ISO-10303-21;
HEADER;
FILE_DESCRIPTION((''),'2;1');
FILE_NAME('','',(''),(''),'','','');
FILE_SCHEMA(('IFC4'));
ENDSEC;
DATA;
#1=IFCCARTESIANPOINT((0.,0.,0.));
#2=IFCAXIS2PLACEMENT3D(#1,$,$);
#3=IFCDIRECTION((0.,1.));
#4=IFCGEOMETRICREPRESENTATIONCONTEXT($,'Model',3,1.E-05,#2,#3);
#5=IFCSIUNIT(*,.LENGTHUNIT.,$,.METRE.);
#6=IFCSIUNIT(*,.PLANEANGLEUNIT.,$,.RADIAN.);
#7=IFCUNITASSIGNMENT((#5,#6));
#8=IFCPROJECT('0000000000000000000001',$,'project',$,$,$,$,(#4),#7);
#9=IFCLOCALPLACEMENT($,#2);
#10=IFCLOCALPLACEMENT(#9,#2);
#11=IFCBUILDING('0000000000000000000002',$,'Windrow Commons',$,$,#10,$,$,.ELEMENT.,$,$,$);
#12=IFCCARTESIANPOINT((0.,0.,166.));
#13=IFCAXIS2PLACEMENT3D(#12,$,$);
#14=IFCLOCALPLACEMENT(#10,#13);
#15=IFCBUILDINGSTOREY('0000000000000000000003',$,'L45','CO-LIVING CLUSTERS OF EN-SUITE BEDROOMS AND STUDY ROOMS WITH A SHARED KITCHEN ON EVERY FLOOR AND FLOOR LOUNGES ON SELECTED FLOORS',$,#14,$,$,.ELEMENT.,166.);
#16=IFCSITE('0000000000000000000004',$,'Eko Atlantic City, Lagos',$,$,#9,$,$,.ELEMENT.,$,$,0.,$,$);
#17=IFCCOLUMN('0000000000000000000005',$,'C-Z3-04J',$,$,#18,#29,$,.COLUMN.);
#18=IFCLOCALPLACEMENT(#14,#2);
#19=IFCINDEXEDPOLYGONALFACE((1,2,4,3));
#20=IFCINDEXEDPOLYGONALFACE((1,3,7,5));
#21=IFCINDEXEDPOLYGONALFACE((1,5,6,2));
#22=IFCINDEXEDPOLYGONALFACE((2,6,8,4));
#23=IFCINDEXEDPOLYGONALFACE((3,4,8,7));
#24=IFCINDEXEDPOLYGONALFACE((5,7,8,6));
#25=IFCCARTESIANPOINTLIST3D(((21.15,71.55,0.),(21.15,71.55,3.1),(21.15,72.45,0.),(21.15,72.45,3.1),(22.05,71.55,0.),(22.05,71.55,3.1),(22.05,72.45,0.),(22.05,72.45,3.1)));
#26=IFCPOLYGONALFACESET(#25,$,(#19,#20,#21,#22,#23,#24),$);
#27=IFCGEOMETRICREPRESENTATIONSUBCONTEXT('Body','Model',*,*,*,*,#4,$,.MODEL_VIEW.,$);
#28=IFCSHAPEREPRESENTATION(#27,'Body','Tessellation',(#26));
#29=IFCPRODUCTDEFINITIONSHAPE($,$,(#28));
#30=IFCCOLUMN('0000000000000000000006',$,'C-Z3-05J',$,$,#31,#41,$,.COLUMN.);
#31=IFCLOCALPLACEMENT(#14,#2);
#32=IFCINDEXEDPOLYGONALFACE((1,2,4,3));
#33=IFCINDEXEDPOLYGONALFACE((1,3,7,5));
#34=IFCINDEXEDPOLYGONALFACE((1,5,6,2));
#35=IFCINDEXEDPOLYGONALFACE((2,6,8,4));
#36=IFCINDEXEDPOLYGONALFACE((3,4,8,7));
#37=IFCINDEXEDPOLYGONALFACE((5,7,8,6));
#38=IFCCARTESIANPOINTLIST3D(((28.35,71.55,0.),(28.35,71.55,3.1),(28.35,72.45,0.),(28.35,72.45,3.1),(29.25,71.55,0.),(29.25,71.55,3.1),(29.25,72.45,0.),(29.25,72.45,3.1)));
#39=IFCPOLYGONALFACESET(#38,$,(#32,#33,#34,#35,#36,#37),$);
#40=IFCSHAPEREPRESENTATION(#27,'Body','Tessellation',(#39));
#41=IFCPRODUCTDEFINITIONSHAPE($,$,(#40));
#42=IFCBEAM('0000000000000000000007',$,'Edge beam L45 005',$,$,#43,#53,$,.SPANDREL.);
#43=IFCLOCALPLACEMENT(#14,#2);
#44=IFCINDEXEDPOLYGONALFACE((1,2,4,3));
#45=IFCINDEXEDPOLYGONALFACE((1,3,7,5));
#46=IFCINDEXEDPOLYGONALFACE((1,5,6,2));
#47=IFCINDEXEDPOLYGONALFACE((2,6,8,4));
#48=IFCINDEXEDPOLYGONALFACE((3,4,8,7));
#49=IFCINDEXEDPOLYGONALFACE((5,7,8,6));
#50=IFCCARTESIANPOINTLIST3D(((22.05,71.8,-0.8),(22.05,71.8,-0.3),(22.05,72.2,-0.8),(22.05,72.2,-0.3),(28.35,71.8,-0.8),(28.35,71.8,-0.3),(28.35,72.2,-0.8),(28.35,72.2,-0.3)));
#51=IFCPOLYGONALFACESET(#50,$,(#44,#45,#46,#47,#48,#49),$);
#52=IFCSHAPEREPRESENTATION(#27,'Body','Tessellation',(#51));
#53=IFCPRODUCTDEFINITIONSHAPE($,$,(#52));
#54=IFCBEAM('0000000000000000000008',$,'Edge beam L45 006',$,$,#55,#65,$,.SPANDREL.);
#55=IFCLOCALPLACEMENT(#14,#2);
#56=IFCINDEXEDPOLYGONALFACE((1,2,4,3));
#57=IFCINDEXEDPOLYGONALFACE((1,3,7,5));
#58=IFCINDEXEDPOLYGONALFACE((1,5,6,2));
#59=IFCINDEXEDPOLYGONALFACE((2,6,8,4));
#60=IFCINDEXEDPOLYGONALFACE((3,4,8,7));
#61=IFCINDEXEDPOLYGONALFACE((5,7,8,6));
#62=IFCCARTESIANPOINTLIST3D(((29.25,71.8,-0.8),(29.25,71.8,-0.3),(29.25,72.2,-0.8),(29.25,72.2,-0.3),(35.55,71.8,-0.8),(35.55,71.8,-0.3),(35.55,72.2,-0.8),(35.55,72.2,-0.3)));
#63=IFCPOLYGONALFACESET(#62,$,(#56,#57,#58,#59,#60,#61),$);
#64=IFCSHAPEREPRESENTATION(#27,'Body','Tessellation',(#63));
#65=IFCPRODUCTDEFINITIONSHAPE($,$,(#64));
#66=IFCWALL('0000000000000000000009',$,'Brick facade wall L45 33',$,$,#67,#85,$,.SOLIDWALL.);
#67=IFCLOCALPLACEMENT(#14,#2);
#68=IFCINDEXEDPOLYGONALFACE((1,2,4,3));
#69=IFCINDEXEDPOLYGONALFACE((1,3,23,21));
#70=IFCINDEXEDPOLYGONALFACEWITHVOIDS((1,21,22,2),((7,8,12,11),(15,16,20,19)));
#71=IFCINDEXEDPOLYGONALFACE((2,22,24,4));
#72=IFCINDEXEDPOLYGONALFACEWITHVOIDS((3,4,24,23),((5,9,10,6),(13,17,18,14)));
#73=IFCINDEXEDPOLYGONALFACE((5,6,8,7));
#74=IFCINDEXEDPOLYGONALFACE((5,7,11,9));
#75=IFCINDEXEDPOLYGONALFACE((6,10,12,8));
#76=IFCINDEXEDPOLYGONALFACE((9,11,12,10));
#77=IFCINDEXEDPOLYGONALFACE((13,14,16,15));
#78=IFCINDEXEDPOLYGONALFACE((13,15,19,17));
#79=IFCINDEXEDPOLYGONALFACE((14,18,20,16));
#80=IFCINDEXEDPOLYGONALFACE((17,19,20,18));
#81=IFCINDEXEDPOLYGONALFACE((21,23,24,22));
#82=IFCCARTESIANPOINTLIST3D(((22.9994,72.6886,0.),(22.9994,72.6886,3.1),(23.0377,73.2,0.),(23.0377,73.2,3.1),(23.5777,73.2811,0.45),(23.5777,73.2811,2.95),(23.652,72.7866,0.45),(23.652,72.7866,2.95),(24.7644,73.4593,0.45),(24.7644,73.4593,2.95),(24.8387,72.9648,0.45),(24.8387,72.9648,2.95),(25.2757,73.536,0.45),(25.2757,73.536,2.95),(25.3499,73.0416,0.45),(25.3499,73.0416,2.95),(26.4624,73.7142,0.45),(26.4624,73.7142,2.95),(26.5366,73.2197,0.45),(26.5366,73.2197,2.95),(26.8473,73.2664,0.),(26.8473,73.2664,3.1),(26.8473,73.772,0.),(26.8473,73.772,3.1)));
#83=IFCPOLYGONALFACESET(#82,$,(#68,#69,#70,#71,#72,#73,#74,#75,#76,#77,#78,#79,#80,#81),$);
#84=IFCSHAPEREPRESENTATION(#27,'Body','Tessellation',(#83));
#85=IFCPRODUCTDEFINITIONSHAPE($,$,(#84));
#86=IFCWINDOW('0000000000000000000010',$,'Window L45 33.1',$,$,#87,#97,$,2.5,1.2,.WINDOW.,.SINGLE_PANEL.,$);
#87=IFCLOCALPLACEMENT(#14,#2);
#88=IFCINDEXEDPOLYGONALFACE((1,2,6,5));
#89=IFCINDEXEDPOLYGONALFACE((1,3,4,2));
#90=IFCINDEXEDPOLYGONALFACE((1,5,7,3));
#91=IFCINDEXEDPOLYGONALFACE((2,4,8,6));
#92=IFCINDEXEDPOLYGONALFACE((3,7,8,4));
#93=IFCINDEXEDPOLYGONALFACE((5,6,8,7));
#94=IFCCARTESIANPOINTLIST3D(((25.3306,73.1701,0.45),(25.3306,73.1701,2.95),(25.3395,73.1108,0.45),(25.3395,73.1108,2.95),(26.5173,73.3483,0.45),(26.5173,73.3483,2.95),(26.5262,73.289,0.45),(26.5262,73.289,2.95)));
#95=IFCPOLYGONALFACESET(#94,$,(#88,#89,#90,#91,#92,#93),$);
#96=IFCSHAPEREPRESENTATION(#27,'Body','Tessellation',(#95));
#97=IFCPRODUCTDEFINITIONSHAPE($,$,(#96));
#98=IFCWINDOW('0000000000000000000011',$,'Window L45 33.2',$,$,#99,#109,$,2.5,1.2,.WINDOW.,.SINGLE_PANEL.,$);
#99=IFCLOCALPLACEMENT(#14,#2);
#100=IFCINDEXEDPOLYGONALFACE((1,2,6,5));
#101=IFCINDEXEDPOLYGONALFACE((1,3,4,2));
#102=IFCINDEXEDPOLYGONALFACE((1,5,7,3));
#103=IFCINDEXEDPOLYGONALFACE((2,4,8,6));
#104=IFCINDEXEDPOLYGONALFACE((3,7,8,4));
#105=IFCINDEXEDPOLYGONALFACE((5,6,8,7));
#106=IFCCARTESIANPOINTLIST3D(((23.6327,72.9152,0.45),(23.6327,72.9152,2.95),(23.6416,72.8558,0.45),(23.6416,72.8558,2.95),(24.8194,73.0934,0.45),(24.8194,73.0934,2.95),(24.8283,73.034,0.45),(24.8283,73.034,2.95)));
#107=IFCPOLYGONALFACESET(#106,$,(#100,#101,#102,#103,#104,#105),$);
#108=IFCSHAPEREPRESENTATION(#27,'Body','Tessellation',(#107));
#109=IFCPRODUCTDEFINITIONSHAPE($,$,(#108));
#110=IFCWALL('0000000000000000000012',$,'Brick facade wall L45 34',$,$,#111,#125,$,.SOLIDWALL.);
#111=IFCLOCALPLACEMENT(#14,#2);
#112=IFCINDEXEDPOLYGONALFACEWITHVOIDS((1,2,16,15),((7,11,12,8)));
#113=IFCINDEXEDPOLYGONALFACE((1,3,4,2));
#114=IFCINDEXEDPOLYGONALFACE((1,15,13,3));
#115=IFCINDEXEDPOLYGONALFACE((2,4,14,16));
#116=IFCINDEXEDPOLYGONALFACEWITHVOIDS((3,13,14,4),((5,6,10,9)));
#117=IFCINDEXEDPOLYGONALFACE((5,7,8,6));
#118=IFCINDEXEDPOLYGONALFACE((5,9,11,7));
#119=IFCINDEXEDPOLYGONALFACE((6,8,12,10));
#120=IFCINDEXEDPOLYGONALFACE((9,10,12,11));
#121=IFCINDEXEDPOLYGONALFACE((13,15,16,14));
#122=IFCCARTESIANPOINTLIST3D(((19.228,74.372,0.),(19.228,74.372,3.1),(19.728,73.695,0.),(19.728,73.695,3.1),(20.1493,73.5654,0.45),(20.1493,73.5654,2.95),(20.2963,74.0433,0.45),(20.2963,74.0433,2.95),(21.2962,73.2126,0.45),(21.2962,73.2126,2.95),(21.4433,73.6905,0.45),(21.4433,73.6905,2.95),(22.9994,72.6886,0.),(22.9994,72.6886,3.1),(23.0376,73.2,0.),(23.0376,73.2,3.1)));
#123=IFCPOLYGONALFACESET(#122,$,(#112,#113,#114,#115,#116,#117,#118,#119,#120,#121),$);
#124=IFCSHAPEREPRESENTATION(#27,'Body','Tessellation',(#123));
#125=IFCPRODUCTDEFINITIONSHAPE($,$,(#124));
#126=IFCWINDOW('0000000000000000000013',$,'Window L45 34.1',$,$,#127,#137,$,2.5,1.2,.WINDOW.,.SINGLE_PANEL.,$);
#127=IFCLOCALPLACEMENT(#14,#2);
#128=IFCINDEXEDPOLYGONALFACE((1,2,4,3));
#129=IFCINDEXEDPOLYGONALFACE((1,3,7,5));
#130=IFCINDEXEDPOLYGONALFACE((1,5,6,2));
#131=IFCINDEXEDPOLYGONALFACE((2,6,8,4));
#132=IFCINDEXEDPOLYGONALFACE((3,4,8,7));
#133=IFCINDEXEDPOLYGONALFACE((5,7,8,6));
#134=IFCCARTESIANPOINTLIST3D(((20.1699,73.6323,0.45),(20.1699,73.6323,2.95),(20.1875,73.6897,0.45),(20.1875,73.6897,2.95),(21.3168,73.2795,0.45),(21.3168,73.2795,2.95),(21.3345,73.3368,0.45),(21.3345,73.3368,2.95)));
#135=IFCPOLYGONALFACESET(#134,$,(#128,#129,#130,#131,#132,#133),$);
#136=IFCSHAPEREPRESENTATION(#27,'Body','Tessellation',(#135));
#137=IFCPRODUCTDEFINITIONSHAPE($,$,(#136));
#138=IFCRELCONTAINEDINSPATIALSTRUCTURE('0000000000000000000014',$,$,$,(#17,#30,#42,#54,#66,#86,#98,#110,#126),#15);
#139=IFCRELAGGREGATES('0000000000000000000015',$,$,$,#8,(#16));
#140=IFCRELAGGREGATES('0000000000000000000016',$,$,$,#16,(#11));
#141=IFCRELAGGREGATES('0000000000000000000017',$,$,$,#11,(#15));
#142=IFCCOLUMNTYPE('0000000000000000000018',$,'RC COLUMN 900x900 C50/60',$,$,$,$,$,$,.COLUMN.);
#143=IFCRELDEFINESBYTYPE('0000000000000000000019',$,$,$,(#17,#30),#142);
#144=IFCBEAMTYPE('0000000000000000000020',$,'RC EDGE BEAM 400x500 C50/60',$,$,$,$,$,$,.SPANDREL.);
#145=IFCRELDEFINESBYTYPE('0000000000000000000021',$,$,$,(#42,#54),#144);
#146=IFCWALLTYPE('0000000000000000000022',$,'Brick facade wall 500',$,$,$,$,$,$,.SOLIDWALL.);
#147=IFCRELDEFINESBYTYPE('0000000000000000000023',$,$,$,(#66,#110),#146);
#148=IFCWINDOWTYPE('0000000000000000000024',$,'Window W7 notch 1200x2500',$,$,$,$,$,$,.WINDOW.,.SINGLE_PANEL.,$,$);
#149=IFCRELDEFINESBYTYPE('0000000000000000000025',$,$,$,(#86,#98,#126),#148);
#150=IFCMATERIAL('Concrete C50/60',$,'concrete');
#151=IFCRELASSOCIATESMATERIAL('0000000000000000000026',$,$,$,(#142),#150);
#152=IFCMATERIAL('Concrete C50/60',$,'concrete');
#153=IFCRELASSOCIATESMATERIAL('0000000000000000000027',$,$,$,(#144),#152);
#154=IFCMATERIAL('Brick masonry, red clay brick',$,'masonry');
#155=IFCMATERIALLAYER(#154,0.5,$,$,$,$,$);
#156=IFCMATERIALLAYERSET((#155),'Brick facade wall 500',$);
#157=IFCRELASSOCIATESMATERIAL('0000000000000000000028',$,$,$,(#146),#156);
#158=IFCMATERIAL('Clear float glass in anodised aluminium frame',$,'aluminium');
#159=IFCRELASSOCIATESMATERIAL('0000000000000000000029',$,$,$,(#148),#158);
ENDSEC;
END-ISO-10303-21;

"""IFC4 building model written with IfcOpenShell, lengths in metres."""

from ifc_helpers import new_model, si_unit, direction, frame, frame_2d, origin, origin_2d, place, context, subcontext, project, spatial, polyline, rectangle, outline, extrude, material, layer, layer_set, material_profile, profile_set, type_object, element, fill, save


model = new_model("IFC4")

# Units and contexts
model_context = context("Model", 3, precision=1e-05, world=origin(), true_north=direction((0.0, 1.0)))
body_context = subcontext(model_context, "Body", "Model", "MODEL_VIEW")
ifc_project = project(units=[si_unit("LENGTHUNIT", "METRE"), si_unit("PLANEANGLEUNIT", "RADIAN")], contexts=[model_context])

# Site, building, storey
site_placement = place(None, origin())
site = spatial("IfcSite", under=ifc_project, at=site_placement, Name="Eko Atlantic City, Lagos", CompositionType="ELEMENT", RefElevation=0.0)
building_placement = place(site_placement, origin())
building = spatial("IfcBuilding", under=site, at=building_placement, Name="Windrow Commons", CompositionType="ELEMENT")
storey_placement = place(building_placement, frame((0.0, 0.0, 166.0)))
storey = spatial("IfcBuildingStorey", under=building, at=storey_placement, Name="L45", Description="CO-LIVING CLUSTERS OF EN-SUITE BEDROOMS AND STUDY ROOMS WITH A SHARED KITCHEN ON EVERY FLOOR AND FLOOR LOUNGES ON SELECTED FLOORS", CompositionType="ELEMENT", Elevation=166.0)

# Columns
ifc_material_1 = material(Name="Concrete C50/60", Category="concrete")
ifc_material_profile_1 = material_profile(ifc_material_1, rectangle(XDim=0.9, YDim=0.9, at=origin_2d()))
ifc_profile_set_1 = profile_set([ifc_material_profile_1], Name="Concrete C50/60")
column_type = type_object("IfcColumnType", Name="RC COLUMN 900x900 C50/60", PredefinedType="COLUMN", material=ifc_profile_set_1)
for number, where, z_axis, x_axis, name in (
    (1, (21.6, 72.0, 0.0), (0.0, 0.0, 1.0), (1.0, 0.0, 0.0), "C-Z3-04J"),
    (2, (28.8, 72.0, 0.0), (0.0, 0.0, 1.0), (1.0, 0.0, 0.0), "C-Z3-05J"),
):
    element("IfcColumn", number, at=place(storey_placement, frame(where, z_axis=z_axis, x_axis=x_axis)), inside=storey, type_object=column_type, Name=name, PredefinedType="COLUMN", context=body_context, shape_type="SweptSolid", body=[
        extrude(rectangle(XDim=0.9, YDim=0.9, at=origin_2d()), origin(), (0.0, 0.0, 1.0), 3.1),
    ])

# Beams
ifc_material_2 = material(Name="Concrete C50/60", Category="concrete")
ifc_material_profile_2 = material_profile(ifc_material_2, rectangle(XDim=0.4, YDim=0.5, at=origin_2d()))
ifc_profile_set_2 = profile_set([ifc_material_profile_2], Name="Concrete C50/60")
beam_type = type_object("IfcBeamType", Name="RC EDGE BEAM 400x500 C50/60", PredefinedType="SPANDREL", material=ifc_profile_set_2)
for number, where, z_axis, x_axis, name in (
    (3, (22.05, 72.0, -0.55), (1.0, 0.0, 0.0), (0.0, 1.0, 0.0), "Edge beam L45 005"),
    (4, (29.25, 72.0, -0.55), (1.0, 0.0, 0.0), (0.0, 1.0, 0.0), "Edge beam L45 006"),
):
    element("IfcBeam", number, at=place(storey_placement, frame(where, z_axis=z_axis, x_axis=x_axis)), inside=storey, type_object=beam_type, Name=name, PredefinedType="SPANDREL", context=body_context, shape_type="SweptSolid", body=[
        extrude(rectangle(XDim=0.4, YDim=0.5, at=origin_2d()), origin(), (0.0, 0.0, 1.0), 6.3),
    ])

# Wall, openings, windows
ifc_material_3 = material(Name="Brick masonry, red clay brick", Category="masonry")
ifc_layer_1 = layer(ifc_material_3, 0.5)
ifc_layer_set_1 = layer_set([ifc_layer_1], Name="Brick facade wall 500")
wall_type_1 = type_object("IfcWallType", Name="Brick facade wall 500", PredefinedType="SOLIDWALL", material=ifc_layer_set_1)
wall_1_placement = place(storey_placement, frame((26.8473, 73.5192, 0.0), z_axis=(0.0, 0.0, 1.0), x_axis=(-0.988914, -0.148487, 0.0)))
wall_1 = element("IfcWall", 5, at=wall_1_placement, inside=storey, type_object=wall_type_1, Name="Brick facade wall L45 33", PredefinedType="SOLIDWALL", context=body_context, shape_type="SweptSolid", body=[
    extrude(outline(polyline([(-0.0375, -0.25), (3.8148, -0.25), (3.9286, 0.25), (0.0375, 0.25), (-0.0375, -0.25)])), origin(), (0.0, 0.0, 1.0), 3.1),
])
opening_1_placement = place(wall_1_placement, frame((0.3517, 0.0, 0.45)))
opening_1 = element("IfcOpeningElement", 6, at=opening_1_placement, cuts=wall_1, PredefinedType="OPENING", context=body_context, shape_type="SweptSolid", body=[
    extrude(rectangle(XDim=1.2, YDim=2.5, at=frame_2d((0.6, 1.25))), frame((0.0, 0.26, 0.0), z_axis=(0.0, -1.0, 0.0), x_axis=(1.0, 0.0, 0.0)), (0.0, 0.0, 1.0), 0.52),
])
opening_2_placement = place(wall_1_placement, frame((2.0687, 0.0, 0.45)))
opening_2 = element("IfcOpeningElement", 7, at=opening_2_placement, cuts=wall_1, PredefinedType="OPENING", context=body_context, shape_type="SweptSolid", body=[
    extrude(rectangle(XDim=1.2, YDim=2.5, at=frame_2d((0.6, 1.25))), frame((0.0, 0.26, 0.0), z_axis=(0.0, -1.0, 0.0), x_axis=(1.0, 0.0, 0.0)), (0.0, 0.0, 1.0), 0.52),
])
ifc_material_4 = material(Name="Clear float glass in anodised aluminium frame", Category="aluminium")
window_type_1 = type_object("IfcWindowType", Name="Window W7 notch 1200x2500", PartitioningType="SINGLE_PANEL", PredefinedType="WINDOW", material=ifc_material_4)
window_1_placement = place(opening_1_placement, origin())
window_1 = element("IfcWindow", 8, at=window_1_placement, inside=storey, type_object=window_type_1, Name="Window L45 33.1", OverallHeight=2.5, OverallWidth=1.2, PartitioningType="SINGLE_PANEL", PredefinedType="WINDOW", context=body_context, shape_type="SweptSolid", body=[
    extrude(rectangle(XDim=1.2, YDim=2.5, at=frame_2d((0.6, 1.25))), frame((0.0, 0.18, 0.0), z_axis=(0.0, -1.0, 0.0), x_axis=(1.0, 0.0, 0.0)), (0.0, 0.0, 1.0), 0.06),
])
fill(opening_1, window_1)
window_2_placement = place(opening_2_placement, origin())
window_2 = element("IfcWindow", 9, at=window_2_placement, inside=storey, type_object=window_type_1, Name="Window L45 33.2", OverallHeight=2.5, OverallWidth=1.2, PartitioningType="SINGLE_PANEL", PredefinedType="WINDOW", context=body_context, shape_type="SweptSolid", body=[
    extrude(rectangle(XDim=1.2, YDim=2.5, at=frame_2d((0.6, 1.25))), frame((0.0, 0.18, 0.0), z_axis=(0.0, -1.0, 0.0), x_axis=(1.0, 0.0, 0.0)), (0.0, 0.0, 1.0), 0.06),
])
fill(opening_2, window_2)

# Wall, opening, window
wall_2_placement = place(storey_placement, frame((23.0185, 72.9443, 0.0), z_axis=(0.0, 0.0, 1.0), x_axis=(-0.955793, 0.29404, 0.0)))
wall_2 = element("IfcWall", 10, at=wall_2_placement, inside=storey, type_object=wall_type_1, Name="Brick facade wall L45 34", PredefinedType="SOLIDWALL", context=body_context, shape_type="SweptSolid", body=[
    extrude(outline(polyline([(0.0569, -0.25), (4.0427, -0.25), (3.3658, 0.25), (-0.0569, 0.25), (0.0569, -0.25)])), origin(), (0.0, 0.0, 1.0), 3.1),
])
opening_3_placement = place(wall_2_placement, frame((1.725, 0.0, 0.45)))
opening_3 = element("IfcOpeningElement", 11, at=opening_3_placement, cuts=wall_2, PredefinedType="OPENING", context=body_context, shape_type="SweptSolid", body=[
    extrude(rectangle(XDim=1.2, YDim=2.5, at=frame_2d((0.6, 1.25))), frame((0.0, 0.26, 0.0), z_axis=(0.0, -1.0, 0.0), x_axis=(1.0, 0.0, 0.0)), (0.0, 0.0, 1.0), 0.52),
])
window_3_placement = place(opening_3_placement, origin())
window_3 = element("IfcWindow", 12, at=window_3_placement, inside=storey, type_object=window_type_1, Name="Window L45 34.1", OverallHeight=2.5, OverallWidth=1.2, PartitioningType="SINGLE_PANEL", PredefinedType="WINDOW", context=body_context, shape_type="SweptSolid", body=[
    extrude(rectangle(XDim=1.2, YDim=2.5, at=frame_2d((0.6, 1.25))), frame((0.0, 0.18, 0.0), z_axis=(0.0, -1.0, 0.0), x_axis=(1.0, 0.0, 0.0)), (0.0, 0.0, 1.0), 0.06),
])
fill(opening_3, window_3)

save(model, "model.ifc")
